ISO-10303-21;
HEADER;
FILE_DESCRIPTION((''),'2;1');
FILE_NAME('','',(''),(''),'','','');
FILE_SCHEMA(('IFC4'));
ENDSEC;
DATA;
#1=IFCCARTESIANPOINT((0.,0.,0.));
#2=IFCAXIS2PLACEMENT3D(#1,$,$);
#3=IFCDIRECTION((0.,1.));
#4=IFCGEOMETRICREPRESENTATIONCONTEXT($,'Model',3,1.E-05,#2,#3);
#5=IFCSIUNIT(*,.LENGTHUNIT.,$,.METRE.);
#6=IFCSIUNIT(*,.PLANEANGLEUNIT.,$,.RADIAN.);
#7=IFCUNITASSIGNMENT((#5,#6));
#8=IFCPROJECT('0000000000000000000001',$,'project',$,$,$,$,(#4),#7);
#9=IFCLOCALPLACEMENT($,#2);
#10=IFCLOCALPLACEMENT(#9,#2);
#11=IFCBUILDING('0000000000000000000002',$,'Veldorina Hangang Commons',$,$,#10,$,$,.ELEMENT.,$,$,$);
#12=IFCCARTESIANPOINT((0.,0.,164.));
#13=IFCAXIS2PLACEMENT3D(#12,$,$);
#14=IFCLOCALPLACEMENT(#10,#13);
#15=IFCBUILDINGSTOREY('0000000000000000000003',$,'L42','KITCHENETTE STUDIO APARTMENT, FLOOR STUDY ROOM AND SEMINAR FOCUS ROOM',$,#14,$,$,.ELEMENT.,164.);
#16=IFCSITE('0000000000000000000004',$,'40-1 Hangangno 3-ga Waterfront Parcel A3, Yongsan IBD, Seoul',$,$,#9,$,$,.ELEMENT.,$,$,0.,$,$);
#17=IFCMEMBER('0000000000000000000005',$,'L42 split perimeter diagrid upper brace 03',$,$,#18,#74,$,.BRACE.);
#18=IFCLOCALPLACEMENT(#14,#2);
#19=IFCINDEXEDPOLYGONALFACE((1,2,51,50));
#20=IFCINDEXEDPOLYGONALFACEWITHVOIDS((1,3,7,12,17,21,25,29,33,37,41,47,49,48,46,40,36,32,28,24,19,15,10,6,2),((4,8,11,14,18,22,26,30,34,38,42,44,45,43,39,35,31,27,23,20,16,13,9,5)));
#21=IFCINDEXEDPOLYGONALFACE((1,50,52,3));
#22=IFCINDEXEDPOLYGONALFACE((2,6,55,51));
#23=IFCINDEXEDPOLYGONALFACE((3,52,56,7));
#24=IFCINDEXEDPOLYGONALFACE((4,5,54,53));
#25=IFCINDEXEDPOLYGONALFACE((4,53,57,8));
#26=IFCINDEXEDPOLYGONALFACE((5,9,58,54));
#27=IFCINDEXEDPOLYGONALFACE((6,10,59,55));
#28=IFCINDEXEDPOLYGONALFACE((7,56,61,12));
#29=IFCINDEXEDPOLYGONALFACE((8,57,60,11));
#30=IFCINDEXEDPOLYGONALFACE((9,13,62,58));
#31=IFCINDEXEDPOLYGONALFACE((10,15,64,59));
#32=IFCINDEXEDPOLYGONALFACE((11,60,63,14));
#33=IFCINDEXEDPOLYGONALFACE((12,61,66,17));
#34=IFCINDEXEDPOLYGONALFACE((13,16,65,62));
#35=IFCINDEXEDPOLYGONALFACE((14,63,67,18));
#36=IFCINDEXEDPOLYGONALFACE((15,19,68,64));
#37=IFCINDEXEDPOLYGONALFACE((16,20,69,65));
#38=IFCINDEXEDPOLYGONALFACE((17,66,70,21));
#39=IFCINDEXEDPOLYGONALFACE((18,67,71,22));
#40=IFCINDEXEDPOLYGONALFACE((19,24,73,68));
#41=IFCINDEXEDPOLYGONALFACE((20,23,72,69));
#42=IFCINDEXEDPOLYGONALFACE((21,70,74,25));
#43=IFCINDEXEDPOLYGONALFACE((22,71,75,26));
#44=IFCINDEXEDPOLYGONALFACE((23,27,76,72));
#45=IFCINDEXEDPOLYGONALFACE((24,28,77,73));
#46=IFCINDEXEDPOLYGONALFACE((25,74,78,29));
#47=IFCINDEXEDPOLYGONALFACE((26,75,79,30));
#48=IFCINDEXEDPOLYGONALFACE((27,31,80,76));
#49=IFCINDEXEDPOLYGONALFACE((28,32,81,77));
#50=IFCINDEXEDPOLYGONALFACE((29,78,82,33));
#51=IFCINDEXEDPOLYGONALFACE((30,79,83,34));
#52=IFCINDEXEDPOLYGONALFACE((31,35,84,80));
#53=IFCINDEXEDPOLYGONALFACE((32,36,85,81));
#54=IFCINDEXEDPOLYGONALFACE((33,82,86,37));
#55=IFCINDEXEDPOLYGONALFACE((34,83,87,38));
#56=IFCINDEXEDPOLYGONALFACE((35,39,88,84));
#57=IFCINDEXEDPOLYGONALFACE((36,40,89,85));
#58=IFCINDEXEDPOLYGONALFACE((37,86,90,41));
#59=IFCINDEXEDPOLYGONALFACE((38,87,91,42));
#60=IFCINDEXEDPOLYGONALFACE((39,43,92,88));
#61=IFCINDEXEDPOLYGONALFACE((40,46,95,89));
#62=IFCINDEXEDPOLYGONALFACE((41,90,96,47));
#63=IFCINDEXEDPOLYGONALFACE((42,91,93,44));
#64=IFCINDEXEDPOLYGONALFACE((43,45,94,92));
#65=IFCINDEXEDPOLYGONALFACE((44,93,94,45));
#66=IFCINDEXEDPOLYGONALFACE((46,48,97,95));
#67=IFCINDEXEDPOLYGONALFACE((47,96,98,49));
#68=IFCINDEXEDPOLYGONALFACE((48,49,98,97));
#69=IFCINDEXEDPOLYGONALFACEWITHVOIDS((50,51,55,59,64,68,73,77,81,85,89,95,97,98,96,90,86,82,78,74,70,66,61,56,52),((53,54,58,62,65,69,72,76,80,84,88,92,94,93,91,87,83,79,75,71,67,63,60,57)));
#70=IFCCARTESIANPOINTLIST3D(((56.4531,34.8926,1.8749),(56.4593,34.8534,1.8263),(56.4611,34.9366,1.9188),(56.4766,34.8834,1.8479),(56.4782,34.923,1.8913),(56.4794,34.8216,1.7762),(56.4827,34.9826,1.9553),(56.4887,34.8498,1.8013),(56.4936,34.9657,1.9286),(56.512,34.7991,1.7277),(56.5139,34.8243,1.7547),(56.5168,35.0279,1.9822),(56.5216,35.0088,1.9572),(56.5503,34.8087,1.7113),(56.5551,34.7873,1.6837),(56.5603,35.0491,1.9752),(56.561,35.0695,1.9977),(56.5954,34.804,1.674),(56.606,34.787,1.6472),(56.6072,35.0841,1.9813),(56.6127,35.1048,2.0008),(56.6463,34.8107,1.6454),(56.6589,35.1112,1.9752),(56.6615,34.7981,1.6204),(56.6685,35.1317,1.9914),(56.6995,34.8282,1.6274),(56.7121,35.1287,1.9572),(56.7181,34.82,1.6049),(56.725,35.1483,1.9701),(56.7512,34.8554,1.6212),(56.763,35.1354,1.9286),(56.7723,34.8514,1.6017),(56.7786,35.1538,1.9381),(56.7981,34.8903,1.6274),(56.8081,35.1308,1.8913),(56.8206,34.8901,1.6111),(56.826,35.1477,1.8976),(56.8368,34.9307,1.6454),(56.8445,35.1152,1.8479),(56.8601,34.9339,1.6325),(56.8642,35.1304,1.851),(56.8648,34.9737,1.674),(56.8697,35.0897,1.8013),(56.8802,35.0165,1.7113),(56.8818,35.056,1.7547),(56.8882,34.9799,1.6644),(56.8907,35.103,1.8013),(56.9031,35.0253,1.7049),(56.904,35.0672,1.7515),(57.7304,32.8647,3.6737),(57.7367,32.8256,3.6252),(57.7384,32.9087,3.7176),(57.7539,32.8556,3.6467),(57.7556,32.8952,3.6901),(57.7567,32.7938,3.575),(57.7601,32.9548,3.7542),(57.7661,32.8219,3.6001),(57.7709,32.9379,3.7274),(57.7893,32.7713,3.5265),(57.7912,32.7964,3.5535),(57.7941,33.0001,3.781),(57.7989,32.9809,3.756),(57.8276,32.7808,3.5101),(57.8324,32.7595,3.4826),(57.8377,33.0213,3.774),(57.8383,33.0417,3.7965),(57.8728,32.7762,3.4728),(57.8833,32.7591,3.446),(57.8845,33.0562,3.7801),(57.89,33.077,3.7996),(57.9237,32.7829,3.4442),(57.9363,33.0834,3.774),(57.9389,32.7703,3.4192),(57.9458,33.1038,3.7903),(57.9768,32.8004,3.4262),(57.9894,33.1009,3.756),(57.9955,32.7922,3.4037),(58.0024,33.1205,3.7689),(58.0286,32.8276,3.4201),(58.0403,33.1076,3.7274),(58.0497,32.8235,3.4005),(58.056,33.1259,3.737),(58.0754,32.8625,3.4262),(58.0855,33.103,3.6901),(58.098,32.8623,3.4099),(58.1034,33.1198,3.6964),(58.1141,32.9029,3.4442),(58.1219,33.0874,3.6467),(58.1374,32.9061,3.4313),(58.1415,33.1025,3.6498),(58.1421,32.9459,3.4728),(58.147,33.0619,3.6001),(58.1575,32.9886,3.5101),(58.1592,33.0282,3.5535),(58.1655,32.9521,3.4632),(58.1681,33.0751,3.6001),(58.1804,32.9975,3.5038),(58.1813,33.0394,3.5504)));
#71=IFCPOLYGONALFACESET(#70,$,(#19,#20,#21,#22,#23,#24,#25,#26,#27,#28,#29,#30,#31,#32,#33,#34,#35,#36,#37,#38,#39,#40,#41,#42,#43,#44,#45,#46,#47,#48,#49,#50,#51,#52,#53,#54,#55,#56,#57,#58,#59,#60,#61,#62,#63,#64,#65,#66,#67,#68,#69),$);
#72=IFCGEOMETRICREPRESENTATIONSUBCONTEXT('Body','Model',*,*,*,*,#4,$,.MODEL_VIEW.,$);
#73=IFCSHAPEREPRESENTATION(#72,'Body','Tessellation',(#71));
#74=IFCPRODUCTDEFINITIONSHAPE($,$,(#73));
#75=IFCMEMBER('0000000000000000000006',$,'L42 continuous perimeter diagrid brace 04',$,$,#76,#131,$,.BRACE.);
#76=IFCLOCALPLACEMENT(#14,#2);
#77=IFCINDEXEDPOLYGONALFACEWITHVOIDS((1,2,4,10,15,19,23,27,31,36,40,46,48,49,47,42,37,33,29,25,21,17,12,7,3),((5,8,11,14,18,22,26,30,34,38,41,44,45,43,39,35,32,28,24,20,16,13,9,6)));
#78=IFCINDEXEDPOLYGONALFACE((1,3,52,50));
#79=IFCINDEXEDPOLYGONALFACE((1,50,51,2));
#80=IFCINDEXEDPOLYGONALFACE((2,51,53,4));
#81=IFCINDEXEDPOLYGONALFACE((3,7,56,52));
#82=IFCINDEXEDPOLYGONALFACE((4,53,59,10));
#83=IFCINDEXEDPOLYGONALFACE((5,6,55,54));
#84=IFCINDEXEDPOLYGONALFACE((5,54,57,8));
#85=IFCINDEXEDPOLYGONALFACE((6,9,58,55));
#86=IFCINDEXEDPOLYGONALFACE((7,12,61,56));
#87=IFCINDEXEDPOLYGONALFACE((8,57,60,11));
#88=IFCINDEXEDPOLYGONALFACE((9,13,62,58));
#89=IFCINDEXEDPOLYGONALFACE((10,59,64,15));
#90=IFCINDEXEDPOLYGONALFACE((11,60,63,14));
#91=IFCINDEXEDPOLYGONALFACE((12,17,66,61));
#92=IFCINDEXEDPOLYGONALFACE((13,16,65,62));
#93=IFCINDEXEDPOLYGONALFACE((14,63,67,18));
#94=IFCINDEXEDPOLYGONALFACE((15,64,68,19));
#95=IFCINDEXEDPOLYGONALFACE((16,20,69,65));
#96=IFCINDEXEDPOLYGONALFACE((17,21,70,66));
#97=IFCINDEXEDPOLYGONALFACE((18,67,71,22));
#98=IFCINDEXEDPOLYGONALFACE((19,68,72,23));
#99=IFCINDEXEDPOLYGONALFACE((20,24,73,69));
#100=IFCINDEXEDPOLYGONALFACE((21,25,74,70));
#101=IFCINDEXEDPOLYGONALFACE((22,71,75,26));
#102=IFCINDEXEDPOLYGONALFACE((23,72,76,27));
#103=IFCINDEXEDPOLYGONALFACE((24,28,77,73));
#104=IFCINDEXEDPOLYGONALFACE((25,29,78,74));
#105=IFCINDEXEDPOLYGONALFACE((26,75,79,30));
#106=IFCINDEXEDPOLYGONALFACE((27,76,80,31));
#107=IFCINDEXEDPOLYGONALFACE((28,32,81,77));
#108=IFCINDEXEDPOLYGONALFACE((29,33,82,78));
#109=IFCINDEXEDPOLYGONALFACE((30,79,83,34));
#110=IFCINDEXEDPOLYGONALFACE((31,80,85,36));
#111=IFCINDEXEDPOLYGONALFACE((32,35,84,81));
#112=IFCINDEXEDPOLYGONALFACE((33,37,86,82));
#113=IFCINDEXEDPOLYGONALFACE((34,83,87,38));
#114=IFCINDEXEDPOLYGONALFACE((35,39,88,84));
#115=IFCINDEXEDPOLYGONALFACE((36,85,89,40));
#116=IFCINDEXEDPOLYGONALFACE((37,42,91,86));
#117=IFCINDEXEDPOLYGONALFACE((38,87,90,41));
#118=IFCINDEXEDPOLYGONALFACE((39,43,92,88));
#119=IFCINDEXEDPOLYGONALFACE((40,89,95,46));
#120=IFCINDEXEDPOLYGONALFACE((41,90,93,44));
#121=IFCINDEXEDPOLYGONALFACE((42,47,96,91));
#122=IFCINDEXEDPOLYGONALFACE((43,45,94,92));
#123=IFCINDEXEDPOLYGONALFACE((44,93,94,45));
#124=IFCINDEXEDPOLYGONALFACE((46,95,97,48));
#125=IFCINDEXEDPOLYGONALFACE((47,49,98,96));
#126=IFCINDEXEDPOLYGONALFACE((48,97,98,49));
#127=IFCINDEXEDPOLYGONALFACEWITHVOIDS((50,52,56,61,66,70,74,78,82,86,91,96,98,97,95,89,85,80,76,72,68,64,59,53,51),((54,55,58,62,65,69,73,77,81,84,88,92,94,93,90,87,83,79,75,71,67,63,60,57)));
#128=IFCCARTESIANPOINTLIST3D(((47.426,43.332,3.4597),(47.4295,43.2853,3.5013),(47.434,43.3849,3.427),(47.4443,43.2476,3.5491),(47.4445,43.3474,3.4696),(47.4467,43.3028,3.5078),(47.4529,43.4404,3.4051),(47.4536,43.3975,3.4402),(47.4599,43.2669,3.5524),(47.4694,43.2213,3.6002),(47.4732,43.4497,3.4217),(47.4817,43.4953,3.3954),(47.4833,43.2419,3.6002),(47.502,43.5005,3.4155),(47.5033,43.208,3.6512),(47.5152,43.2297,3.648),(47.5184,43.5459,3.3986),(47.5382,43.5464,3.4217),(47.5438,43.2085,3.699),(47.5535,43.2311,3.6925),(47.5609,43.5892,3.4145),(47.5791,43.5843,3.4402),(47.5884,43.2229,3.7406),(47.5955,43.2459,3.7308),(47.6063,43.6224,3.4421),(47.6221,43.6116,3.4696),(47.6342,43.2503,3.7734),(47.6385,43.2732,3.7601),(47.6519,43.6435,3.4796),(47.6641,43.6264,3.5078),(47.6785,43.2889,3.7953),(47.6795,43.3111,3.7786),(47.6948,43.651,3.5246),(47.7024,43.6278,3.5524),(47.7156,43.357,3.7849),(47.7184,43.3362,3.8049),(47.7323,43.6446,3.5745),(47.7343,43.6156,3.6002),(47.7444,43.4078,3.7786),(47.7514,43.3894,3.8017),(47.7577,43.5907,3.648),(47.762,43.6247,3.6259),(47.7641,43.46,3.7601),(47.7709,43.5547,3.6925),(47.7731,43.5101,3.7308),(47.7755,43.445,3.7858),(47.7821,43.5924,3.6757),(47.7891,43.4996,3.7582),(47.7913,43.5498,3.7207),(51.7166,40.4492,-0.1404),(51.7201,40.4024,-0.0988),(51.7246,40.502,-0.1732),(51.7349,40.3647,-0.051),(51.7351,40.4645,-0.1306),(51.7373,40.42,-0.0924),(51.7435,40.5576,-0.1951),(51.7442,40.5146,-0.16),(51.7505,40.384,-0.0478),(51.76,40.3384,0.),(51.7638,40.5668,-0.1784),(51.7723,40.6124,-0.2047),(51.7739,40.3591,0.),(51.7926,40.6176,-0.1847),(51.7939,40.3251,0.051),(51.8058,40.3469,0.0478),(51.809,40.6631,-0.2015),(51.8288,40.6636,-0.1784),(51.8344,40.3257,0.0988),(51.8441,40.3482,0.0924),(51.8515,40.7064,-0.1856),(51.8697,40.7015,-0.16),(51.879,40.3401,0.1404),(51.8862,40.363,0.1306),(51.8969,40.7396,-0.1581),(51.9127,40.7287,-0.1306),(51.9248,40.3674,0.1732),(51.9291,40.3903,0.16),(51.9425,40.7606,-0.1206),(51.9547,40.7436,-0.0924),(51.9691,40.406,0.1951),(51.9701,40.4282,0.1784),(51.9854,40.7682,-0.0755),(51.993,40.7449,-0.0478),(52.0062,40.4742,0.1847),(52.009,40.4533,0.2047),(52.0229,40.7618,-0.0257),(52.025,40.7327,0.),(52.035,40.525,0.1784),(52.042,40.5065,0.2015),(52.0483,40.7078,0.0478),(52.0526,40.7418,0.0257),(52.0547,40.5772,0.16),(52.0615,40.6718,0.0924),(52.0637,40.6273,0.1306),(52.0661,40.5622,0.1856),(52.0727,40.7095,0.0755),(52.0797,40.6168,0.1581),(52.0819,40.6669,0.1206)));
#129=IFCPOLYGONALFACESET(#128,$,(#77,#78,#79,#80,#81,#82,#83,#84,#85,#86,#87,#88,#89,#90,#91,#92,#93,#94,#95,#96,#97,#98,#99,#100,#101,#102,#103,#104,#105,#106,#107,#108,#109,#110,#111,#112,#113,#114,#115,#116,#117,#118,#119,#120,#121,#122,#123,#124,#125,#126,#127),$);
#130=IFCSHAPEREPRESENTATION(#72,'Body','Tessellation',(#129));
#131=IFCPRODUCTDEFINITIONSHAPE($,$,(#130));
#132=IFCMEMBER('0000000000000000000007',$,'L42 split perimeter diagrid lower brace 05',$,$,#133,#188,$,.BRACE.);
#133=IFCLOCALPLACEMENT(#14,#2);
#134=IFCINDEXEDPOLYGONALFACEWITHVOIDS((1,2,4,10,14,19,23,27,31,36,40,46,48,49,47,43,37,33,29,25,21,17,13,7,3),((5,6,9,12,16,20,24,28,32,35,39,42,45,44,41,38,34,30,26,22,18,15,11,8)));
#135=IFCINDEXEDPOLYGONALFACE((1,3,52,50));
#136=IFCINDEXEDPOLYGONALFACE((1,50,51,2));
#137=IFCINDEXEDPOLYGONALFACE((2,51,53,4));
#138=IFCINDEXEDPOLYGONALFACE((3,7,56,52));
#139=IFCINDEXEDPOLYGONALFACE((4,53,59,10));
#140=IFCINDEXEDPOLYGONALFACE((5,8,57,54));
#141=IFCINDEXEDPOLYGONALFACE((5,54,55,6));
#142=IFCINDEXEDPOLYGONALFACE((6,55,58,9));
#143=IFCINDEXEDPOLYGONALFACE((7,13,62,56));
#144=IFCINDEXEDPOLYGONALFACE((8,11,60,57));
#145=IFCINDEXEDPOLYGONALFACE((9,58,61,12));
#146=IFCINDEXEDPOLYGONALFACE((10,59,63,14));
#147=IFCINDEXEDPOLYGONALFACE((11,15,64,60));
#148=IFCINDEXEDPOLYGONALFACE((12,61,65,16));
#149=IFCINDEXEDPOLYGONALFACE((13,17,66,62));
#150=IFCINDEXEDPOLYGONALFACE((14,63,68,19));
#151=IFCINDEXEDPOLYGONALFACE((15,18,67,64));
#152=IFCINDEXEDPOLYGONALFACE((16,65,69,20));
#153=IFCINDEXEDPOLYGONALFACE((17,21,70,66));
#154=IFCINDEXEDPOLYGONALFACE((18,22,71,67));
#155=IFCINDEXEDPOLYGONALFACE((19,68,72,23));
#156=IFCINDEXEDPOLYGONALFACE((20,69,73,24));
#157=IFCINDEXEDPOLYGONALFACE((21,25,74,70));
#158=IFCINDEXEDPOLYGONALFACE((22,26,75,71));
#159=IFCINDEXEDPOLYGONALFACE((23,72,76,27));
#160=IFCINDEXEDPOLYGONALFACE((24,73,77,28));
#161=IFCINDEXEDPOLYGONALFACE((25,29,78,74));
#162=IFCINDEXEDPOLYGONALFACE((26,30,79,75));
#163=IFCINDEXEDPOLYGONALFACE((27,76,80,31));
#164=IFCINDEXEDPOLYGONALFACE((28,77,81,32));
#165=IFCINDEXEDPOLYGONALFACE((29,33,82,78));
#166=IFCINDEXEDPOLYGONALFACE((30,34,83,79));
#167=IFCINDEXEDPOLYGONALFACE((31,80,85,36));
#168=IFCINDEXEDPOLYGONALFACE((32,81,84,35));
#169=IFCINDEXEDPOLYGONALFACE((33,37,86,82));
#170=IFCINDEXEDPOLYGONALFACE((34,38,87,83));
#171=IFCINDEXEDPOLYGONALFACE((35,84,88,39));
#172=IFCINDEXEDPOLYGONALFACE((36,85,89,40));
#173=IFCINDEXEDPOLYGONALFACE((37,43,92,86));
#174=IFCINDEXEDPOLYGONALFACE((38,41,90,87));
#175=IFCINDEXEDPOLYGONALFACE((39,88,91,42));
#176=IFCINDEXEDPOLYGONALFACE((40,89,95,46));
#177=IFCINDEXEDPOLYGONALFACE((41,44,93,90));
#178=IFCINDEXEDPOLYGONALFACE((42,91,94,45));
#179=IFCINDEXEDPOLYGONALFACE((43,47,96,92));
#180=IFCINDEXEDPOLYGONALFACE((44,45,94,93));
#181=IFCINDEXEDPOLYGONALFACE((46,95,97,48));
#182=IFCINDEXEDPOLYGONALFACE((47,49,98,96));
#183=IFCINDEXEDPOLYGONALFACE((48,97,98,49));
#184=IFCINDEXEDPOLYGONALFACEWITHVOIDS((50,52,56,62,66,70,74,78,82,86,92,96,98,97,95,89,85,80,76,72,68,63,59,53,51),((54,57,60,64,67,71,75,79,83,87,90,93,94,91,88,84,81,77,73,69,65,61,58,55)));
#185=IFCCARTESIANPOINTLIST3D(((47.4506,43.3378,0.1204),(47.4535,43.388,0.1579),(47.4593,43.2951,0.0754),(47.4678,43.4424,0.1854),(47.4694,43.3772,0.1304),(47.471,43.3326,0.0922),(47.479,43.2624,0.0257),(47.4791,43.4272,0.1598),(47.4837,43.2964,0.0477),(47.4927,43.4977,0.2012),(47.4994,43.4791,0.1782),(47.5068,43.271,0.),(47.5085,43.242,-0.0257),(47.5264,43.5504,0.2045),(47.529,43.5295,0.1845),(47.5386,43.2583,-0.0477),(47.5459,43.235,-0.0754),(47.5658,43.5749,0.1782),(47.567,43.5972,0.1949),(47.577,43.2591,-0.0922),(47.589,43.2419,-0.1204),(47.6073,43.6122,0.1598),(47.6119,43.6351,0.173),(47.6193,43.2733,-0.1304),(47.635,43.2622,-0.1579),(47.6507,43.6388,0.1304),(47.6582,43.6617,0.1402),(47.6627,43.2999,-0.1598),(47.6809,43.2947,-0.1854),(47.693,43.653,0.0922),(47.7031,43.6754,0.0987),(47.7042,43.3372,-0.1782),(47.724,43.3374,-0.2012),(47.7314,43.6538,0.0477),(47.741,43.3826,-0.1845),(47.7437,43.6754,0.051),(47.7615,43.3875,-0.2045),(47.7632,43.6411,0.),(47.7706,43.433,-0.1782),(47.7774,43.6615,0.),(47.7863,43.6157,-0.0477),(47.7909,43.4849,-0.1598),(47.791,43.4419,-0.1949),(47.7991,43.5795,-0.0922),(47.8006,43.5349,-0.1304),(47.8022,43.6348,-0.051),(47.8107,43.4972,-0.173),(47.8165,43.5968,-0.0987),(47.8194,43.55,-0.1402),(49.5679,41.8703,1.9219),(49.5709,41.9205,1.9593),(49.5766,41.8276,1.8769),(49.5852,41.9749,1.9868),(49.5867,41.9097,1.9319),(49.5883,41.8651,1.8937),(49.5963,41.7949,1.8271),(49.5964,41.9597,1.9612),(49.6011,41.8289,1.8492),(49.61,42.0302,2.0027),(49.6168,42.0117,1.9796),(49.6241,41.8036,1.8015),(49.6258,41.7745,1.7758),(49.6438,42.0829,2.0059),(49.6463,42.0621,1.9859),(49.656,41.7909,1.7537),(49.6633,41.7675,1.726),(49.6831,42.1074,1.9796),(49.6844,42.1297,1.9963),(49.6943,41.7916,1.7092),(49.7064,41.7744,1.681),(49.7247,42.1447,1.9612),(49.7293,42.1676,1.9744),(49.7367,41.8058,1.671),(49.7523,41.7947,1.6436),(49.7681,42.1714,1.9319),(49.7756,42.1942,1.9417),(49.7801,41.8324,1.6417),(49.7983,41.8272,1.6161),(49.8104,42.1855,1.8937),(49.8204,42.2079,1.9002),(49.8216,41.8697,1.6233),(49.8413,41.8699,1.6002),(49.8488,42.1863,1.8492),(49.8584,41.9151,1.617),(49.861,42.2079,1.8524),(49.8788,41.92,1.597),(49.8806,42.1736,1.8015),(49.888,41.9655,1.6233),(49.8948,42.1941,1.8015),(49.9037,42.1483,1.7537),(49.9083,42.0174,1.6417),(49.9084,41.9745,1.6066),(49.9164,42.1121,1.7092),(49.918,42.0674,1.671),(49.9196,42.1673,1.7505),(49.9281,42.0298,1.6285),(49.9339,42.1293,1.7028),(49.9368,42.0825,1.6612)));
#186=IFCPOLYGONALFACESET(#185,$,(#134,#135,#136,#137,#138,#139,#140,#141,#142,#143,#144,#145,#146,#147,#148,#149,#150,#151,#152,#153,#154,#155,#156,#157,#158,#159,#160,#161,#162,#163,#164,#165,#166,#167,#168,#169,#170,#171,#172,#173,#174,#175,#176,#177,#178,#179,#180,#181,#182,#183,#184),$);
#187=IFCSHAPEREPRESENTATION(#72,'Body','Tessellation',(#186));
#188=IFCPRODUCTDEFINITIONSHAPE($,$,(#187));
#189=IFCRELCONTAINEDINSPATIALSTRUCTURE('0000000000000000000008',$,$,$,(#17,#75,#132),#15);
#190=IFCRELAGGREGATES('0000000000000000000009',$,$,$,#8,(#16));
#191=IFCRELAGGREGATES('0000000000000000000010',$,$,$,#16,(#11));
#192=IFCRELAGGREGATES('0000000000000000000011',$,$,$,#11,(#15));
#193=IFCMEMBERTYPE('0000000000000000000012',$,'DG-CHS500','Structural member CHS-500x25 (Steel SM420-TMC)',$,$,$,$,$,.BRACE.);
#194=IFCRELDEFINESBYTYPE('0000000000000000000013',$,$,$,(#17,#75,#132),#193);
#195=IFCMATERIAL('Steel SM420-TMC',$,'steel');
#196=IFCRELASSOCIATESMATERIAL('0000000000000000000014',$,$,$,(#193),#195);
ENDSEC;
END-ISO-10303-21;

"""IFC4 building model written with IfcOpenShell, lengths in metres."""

from ifc_helpers import new_model, si_unit, direction, frame, origin, origin_2d, place, context, subcontext, project, spatial, hollow_circle, extrude, material, material_profile, profile_set, type_object, element, save


model = new_model("IFC4")

# Units and contexts
model_context = context("Model", 3, precision=1e-05, world=origin(), true_north=direction((0.0, 1.0)))
body_context = subcontext(model_context, "Body", "Model", "MODEL_VIEW")
ifc_project = project(units=[si_unit("LENGTHUNIT", "METRE"), si_unit("PLANEANGLEUNIT", "RADIAN")], contexts=[model_context])

# Site, building, storey
site_placement = place(None, origin())
site = spatial("IfcSite", under=ifc_project, at=site_placement, Name="40-1 Hangangno 3-ga Waterfront Parcel A3, Yongsan IBD, Seoul", CompositionType="ELEMENT", RefElevation=0.0)
building_placement = place(site_placement, origin())
building = spatial("IfcBuilding", under=site, at=building_placement, Name="Veldorina Hangang Commons", CompositionType="ELEMENT")
storey_placement = place(building_placement, frame((0.0, 0.0, 164.0)))
storey = spatial("IfcBuildingStorey", under=building, at=storey_placement, Name="L42", Description="KITCHENETTE STUDIO APARTMENT, FLOOR STUDY ROOM AND SEMINAR FOCUS ROOM", CompositionType="ELEMENT", Elevation=164.0)

# Shared definitions
ifc_material_1 = material(Name="Steel SM420-TMC", Category="steel")

# Members
ifc_material_profile_1 = material_profile(ifc_material_1, hollow_circle(Radius=0.25, WallThickness=0.0249, at=origin_2d()), Name="CHS-500x25")
ifc_profile_set_1 = profile_set([ifc_material_profile_1], Name="Steel SM420-TMC")
member_type = type_object("IfcMemberType", Name="DG-CHS500", Description="Structural member CHS-500x25 (Steel SM420-TMC)", PredefinedType="BRACE", material=ifc_profile_set_1)
member_1_placement = place(storey_placement, frame((56.6792, 34.9697, 1.8013), z_axis=(0.426267, -0.676715, 0.600294), x_axis=(0.846127, 0.532981, 0.0)))
element("IfcMember", 1, at=member_1_placement, inside=storey, type_object=member_type, Name="L42 split perimeter diagrid upper brace 03", PredefinedType="BRACE", context=body_context, shape_type="SweptSolid", body=[
    extrude(hollow_circle(Radius=0.25, WallThickness=0.0249, at=origin_2d()), origin(), (0.0, 0.0, 1.0), 2.9966),
])
member_2_placement = place(storey_placement, frame((51.8994, 40.5459, 0.0), z_axis=(-0.681122, 0.457647, 0.571517), x_axis=(-0.557705, -0.830039, 0.0)))
element("IfcMember", 2, at=member_2_placement, inside=storey, type_object=member_type, Name="L42 continuous perimeter diagrid brace 04", PredefinedType="BRACE", context=body_context, shape_type="SweptSolid", body=[
    extrude(hollow_circle(Radius=0.25, WallThickness=0.0249, at=origin_2d()), origin(), (0.0, 0.0, 1.0), 6.2993),
])
member_3_placement = place(storey_placement, frame((47.635, 43.4561, 0.0), z_axis=(0.673556, -0.466822, 0.573062), x_axis=(0.569634, 0.821899, 0.0)))
element("IfcMember", 3, at=member_3_placement, inside=storey, type_object=member_type, Name="L42 split perimeter diagrid lower brace 05", PredefinedType="BRACE", context=body_context, shape_type="SweptSolid", body=[
    extrude(hollow_circle(Radius=0.25, WallThickness=0.0249, at=origin_2d()), origin(), (0.0, 0.0, 1.0), 3.1436),
])

save(model, "model.ifc")
